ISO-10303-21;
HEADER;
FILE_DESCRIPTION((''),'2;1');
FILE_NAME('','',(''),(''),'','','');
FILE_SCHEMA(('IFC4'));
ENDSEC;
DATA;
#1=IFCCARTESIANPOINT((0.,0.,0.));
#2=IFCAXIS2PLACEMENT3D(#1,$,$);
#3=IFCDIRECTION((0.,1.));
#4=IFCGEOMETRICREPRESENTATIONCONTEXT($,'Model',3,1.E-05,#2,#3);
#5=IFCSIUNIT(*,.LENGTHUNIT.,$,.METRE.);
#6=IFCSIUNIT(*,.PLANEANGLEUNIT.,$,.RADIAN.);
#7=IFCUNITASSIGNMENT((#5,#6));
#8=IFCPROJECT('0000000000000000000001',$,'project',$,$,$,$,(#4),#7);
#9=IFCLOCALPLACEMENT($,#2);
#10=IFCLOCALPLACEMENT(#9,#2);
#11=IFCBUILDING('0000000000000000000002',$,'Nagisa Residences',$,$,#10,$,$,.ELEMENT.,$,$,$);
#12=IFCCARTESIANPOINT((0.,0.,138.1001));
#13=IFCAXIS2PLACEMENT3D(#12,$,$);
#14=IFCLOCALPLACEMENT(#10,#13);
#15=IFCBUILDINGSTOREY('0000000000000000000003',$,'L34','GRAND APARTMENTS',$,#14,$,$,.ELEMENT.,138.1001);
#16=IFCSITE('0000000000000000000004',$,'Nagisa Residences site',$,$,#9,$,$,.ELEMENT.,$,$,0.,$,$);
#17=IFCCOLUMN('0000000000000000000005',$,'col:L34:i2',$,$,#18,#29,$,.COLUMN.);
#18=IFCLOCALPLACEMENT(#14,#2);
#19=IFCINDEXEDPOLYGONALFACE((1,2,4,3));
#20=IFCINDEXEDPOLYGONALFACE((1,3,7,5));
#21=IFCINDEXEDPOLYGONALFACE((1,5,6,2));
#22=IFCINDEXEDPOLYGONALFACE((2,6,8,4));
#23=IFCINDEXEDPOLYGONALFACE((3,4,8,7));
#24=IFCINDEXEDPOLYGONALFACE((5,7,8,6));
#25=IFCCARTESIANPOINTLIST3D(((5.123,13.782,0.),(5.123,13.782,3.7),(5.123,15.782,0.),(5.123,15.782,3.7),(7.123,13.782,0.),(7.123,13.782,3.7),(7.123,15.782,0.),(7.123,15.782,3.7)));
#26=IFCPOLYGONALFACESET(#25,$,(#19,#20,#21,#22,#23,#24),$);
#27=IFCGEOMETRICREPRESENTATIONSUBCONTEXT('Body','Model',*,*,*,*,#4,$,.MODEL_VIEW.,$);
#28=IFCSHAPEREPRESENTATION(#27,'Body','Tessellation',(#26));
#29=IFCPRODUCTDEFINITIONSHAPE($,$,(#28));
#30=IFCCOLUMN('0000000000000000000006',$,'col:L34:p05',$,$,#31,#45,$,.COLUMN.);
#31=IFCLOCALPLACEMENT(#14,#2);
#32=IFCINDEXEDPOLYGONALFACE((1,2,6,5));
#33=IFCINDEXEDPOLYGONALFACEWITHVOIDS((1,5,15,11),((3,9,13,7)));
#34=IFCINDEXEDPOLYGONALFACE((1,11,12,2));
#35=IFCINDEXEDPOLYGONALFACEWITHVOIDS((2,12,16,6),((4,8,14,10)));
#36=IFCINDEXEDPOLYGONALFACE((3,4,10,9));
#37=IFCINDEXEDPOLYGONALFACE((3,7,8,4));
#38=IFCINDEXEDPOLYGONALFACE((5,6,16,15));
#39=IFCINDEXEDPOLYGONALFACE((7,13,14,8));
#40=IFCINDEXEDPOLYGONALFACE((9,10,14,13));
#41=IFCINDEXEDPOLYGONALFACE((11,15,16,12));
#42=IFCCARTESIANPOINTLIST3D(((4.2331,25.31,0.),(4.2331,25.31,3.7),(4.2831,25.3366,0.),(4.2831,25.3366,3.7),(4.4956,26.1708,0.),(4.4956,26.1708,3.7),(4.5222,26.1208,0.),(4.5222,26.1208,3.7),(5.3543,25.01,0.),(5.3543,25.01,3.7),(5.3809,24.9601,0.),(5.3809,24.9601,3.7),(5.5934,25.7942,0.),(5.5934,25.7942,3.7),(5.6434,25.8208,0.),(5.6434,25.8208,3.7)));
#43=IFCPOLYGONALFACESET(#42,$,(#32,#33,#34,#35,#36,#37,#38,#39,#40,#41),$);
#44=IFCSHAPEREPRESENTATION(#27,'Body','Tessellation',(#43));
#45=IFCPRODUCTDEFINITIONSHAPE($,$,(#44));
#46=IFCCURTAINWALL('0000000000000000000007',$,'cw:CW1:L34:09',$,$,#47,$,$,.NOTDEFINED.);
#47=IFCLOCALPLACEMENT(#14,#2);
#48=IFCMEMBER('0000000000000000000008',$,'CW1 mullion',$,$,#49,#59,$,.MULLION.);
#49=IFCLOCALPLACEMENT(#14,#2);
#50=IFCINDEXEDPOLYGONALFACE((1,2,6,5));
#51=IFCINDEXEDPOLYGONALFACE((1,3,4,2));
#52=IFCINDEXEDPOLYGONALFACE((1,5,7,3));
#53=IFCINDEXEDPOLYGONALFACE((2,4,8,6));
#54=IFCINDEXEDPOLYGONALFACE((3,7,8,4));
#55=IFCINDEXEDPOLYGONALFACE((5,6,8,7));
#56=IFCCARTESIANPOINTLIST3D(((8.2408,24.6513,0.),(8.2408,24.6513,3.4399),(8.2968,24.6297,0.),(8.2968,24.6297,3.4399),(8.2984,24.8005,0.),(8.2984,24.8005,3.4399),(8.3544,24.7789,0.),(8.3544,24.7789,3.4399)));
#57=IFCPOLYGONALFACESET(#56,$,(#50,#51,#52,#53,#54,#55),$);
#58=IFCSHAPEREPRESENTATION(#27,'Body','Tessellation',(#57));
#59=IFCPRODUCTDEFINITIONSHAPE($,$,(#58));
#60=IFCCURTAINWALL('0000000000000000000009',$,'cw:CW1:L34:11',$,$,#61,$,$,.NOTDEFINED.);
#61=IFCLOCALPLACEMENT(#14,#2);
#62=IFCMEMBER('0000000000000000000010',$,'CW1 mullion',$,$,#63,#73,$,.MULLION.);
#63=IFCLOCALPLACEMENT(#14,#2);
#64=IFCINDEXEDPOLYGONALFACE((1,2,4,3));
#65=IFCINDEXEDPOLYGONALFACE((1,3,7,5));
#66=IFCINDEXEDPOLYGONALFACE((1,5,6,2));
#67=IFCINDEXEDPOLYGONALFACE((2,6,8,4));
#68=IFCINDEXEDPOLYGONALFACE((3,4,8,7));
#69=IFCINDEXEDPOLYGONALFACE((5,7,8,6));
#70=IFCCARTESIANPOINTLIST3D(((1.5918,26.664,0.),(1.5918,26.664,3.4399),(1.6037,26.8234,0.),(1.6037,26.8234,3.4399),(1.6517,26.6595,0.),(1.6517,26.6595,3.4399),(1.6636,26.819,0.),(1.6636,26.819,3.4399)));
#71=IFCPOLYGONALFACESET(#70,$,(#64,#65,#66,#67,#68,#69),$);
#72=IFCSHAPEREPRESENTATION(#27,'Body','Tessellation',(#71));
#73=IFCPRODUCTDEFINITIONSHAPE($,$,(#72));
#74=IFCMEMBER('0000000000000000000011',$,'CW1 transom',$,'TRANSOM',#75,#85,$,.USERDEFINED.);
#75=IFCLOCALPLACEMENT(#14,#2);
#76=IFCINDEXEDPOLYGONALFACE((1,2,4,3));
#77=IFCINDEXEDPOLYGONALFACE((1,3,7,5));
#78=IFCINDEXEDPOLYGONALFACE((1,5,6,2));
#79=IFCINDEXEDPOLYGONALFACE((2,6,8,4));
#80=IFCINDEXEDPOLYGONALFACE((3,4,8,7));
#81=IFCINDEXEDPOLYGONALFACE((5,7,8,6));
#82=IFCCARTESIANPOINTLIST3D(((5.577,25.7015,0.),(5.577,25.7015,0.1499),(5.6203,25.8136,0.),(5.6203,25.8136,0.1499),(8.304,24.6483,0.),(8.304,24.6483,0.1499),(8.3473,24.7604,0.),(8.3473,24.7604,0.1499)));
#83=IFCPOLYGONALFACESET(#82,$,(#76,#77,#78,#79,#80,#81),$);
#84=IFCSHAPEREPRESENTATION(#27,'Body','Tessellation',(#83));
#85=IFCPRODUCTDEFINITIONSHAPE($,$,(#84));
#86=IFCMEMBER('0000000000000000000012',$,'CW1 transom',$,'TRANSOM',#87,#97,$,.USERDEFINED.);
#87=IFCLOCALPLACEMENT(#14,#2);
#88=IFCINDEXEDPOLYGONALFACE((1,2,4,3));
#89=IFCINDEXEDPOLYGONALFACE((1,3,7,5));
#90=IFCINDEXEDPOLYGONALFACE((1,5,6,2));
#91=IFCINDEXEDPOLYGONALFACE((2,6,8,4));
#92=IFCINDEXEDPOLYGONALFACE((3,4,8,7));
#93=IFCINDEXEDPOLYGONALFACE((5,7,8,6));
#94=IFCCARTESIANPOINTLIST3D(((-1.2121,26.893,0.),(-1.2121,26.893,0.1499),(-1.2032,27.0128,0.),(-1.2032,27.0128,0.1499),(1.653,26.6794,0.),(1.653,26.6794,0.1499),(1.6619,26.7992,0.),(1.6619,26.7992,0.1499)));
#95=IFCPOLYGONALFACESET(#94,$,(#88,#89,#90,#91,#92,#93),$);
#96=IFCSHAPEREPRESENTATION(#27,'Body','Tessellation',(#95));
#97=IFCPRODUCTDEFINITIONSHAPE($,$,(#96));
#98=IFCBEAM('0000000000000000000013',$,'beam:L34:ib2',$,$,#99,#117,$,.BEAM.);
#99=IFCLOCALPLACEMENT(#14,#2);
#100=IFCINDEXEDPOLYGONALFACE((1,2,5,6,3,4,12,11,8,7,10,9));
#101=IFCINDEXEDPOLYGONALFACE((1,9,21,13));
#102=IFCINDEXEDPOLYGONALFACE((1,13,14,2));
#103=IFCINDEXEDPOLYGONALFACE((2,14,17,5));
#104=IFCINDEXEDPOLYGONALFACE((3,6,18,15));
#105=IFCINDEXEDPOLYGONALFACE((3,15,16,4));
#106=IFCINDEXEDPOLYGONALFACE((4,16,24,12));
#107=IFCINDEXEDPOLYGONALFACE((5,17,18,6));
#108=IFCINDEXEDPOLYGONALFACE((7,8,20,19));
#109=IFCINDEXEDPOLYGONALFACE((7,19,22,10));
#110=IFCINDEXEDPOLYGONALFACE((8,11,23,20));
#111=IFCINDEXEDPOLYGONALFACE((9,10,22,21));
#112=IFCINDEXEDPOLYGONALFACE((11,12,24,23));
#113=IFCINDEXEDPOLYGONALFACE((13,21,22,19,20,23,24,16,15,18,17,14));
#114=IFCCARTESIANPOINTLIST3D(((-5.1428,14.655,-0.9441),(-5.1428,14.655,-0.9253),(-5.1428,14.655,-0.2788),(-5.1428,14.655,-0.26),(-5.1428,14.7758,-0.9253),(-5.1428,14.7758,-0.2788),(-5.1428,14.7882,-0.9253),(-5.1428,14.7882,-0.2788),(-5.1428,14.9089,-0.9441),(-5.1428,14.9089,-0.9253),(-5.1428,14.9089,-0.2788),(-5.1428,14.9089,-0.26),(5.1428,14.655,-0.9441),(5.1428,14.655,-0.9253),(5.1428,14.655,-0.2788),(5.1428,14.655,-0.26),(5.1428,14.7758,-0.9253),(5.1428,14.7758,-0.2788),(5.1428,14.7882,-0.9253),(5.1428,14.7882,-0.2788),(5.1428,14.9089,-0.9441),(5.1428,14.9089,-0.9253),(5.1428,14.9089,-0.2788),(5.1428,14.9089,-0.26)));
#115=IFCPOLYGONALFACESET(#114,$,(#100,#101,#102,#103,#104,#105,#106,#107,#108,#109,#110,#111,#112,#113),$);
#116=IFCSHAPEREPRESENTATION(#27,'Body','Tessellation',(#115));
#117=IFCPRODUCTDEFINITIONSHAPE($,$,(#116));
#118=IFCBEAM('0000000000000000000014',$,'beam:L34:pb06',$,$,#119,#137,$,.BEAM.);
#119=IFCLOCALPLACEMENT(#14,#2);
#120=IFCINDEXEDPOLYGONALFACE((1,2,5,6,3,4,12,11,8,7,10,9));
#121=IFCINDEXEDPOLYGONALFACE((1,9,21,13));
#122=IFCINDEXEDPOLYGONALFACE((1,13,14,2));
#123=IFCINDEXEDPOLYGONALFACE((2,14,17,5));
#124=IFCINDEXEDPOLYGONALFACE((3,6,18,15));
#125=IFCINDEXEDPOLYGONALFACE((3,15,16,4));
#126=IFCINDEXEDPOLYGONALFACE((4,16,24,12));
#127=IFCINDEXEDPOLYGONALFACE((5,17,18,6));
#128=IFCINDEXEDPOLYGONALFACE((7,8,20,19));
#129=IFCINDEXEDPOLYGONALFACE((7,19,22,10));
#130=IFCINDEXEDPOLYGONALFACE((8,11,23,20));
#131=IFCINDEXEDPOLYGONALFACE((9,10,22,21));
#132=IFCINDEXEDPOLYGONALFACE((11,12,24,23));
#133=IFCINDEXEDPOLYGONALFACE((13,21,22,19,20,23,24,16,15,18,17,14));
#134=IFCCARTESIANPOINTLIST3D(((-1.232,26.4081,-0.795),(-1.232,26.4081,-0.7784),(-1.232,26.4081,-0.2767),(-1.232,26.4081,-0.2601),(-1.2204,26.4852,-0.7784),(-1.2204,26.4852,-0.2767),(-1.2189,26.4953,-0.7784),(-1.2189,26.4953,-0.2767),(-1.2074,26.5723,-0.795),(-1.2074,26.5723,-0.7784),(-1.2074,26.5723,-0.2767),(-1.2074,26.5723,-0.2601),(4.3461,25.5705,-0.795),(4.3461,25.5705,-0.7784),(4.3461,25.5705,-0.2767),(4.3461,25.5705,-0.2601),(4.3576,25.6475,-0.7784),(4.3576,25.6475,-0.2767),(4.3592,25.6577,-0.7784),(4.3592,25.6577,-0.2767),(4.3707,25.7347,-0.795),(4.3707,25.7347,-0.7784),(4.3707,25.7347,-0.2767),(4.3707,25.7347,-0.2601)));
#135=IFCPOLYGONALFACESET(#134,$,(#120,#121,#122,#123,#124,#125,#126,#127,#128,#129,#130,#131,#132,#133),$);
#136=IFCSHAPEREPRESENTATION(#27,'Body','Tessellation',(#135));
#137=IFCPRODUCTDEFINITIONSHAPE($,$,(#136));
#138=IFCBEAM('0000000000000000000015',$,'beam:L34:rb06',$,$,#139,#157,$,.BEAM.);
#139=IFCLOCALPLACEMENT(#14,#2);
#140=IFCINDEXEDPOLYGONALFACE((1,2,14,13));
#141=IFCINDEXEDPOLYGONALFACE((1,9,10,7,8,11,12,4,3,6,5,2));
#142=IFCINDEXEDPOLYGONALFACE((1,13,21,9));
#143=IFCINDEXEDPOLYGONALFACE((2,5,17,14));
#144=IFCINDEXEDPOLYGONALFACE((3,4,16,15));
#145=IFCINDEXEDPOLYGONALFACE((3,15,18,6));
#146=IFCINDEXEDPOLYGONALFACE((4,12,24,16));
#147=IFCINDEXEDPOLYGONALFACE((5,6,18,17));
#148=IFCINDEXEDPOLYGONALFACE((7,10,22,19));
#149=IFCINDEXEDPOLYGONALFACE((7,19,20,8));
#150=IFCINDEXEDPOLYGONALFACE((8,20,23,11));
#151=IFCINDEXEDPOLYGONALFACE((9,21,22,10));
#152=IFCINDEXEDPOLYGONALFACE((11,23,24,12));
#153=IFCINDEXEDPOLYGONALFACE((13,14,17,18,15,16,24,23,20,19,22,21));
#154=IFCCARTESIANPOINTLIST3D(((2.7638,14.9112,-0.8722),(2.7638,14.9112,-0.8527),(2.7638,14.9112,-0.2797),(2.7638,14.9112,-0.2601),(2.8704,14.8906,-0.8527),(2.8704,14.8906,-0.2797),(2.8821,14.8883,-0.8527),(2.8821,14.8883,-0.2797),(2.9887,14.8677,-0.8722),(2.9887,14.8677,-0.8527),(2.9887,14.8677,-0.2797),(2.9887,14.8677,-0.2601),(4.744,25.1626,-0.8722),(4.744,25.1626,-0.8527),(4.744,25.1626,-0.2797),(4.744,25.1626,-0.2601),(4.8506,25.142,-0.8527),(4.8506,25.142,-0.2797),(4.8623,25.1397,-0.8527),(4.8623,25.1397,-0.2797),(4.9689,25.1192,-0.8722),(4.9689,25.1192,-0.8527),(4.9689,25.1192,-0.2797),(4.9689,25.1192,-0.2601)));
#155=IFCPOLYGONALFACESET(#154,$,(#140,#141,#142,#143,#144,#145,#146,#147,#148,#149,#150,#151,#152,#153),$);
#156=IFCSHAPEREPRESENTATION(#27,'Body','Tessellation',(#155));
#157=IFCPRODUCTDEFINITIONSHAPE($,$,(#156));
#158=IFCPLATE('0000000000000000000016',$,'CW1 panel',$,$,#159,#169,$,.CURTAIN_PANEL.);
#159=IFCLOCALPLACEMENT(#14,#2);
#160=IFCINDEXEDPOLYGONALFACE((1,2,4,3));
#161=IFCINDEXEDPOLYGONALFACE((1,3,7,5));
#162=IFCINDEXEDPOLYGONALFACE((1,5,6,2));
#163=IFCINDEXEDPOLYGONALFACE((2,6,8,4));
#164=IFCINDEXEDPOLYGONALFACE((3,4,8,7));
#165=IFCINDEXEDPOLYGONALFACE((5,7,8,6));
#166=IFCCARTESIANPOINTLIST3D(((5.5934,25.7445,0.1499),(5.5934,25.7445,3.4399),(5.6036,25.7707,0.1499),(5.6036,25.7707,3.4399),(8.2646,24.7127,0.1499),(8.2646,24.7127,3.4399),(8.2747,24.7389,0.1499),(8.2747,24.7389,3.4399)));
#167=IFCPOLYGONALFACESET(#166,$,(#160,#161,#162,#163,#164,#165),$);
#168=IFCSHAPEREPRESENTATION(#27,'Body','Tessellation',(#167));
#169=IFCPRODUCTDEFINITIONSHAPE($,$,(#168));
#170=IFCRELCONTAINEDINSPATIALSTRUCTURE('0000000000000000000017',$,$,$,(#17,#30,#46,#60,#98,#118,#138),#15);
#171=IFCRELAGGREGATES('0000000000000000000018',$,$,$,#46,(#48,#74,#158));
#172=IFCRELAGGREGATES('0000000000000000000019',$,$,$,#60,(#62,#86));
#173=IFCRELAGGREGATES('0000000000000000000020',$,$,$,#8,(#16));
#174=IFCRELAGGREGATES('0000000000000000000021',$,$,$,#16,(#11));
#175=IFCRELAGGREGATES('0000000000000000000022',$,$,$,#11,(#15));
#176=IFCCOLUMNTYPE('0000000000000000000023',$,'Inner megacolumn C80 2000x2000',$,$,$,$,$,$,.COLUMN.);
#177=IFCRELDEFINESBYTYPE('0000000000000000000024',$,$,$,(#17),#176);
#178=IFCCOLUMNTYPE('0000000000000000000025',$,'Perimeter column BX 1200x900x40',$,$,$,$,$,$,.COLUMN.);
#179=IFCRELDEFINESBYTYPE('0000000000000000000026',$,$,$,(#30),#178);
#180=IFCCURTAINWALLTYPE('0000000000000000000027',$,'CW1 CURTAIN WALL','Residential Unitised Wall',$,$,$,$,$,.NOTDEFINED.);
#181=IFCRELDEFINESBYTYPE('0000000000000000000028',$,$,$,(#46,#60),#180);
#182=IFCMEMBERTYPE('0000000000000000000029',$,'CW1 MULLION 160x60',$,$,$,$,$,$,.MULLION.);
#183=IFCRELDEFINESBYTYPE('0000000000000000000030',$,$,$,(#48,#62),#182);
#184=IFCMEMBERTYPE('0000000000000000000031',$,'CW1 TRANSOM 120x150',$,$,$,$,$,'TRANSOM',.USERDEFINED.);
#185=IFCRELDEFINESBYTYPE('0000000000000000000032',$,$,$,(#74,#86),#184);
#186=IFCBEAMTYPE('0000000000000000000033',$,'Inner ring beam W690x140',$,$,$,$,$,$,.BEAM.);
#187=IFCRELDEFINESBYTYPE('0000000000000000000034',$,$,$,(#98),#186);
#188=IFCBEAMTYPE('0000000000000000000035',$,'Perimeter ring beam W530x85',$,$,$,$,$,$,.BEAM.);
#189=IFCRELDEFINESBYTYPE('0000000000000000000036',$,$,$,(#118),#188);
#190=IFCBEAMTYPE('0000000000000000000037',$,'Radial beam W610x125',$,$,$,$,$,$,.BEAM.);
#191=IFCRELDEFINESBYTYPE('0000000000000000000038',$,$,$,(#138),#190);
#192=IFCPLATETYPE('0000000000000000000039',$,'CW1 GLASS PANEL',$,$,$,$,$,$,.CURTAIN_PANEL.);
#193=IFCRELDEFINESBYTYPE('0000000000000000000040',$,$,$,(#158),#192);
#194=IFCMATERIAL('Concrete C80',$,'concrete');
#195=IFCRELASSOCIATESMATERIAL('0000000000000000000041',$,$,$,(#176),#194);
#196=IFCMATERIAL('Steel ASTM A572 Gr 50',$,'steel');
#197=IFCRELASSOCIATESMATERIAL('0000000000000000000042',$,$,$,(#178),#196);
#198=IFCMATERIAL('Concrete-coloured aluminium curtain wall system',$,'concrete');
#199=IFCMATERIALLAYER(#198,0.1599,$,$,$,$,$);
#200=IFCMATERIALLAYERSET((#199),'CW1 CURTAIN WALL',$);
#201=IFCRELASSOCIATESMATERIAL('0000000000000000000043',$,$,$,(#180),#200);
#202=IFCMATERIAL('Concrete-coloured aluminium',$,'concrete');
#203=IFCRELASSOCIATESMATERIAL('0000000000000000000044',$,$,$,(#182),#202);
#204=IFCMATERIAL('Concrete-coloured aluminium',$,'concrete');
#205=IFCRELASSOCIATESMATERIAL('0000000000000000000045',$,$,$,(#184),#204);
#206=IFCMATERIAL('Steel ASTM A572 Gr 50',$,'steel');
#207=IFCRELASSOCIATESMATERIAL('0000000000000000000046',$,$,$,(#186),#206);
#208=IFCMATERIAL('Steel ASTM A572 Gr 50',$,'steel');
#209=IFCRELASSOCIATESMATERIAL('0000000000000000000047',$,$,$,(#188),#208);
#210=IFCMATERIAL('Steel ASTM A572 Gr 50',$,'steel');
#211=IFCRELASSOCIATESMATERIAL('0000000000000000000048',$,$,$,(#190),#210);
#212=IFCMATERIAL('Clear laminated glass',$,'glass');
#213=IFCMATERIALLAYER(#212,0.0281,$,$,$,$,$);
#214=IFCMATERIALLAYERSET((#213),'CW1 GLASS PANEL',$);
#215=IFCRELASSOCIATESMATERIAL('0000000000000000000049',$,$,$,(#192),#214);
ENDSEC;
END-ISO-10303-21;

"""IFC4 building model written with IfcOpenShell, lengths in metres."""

from ifc_helpers import new_model, si_unit, direction, frame, origin, origin_2d, place, context, subcontext, project, spatial, rectangle, hollow_rectangle, i_section, extrude, material, layer, layer_set, material_profile, profile_set, type_object, element, aggregate, save


model = new_model("IFC4")

# Units and contexts
model_context = context("Model", 3, precision=1e-05, world=origin(), true_north=direction((0.0, 1.0)))
body_context = subcontext(model_context, "Body", "Model", "MODEL_VIEW")
ifc_project = project(units=[si_unit("LENGTHUNIT", "METRE"), si_unit("PLANEANGLEUNIT", "RADIAN")], contexts=[model_context])

# Site, building, storey
site_placement = place(None, origin())
site = spatial("IfcSite", under=ifc_project, at=site_placement, Name="Nagisa Residences site", CompositionType="ELEMENT", RefElevation=0.0)
building_placement = place(site_placement, origin())
building = spatial("IfcBuilding", under=site, at=building_placement, Name="Nagisa Residences", CompositionType="ELEMENT")
storey_placement = place(building_placement, frame((0.0, 0.0, 138.1001)))
storey = spatial("IfcBuildingStorey", under=building, at=storey_placement, Name="L34", Description="GRAND APARTMENTS", CompositionType="ELEMENT", Elevation=138.1001)

# Columns
ifc_material_1 = material(Name="Concrete C80", Category="concrete")
ifc_material_profile_1 = material_profile(ifc_material_1, rectangle(XDim=2.0, YDim=2.0, at=origin_2d()), Name="C80 2000x2000")
ifc_profile_set_1 = profile_set([ifc_material_profile_1], Name="Concrete C80")
column_type_1 = type_object("IfcColumnType", Name="Inner megacolumn C80 2000x2000", PredefinedType="COLUMN", material=ifc_profile_set_1)
column_1_placement = place(storey_placement, frame((6.123, 14.782, 0.0), z_axis=(0.0, 0.0, 1.0), x_axis=(1.0, 0.0, 0.0)))
element("IfcColumn", 1, at=column_1_placement, inside=storey, type_object=column_type_1, Name="col:L34:i2", PredefinedType="COLUMN", context=body_context, shape_type="SweptSolid", body=[
    extrude(rectangle(XDim=2.0, YDim=2.0, at=origin_2d()), origin(), (0.0, 0.0, 1.0), 3.7),
])
ifc_material_2 = material(Name="Steel ASTM A572 Gr 50", Category="steel")
ifc_material_profile_2 = material_profile(ifc_material_2, hollow_rectangle(XDim=1.2, YDim=0.8999, WallThickness=0.04, at=origin_2d()), Name="BX 1200x900x40")
ifc_profile_set_2 = profile_set([ifc_material_profile_2], Name="Steel ASTM A572 Gr 50")
column_type_2 = type_object("IfcColumnType", Name="Perimeter column BX 1200x900x40", PredefinedType="COLUMN", material=ifc_profile_set_2)
column_2_placement = place(storey_placement, frame((4.9382, 25.5654, 0.0), z_axis=(0.0, 0.0, 1.0), x_axis=(-0.956525, 0.291652, 0.0)))
element("IfcColumn", 2, at=column_2_placement, inside=storey, type_object=column_type_2, Name="col:L34:p05", PredefinedType="COLUMN", context=body_context, shape_type="SweptSolid", body=[
    extrude(hollow_rectangle(XDim=1.2, YDim=0.8999, WallThickness=0.04, at=origin_2d()), origin(), (0.0, 0.0, 1.0), 3.7),
])

# Curtain walls, members
ifc_material_3 = material(Name="Concrete-coloured aluminium curtain wall system", Category="concrete")
ifc_layer_1 = layer(ifc_material_3, 0.1599)
ifc_layer_set_1 = layer_set([ifc_layer_1], Name="CW1 CURTAIN WALL")
curtain_wall_type = type_object("IfcCurtainWallType", Name="CW1 CURTAIN WALL", Description="Residential Unitised Wall", PredefinedType="NOTDEFINED", material=ifc_layer_set_1)
curtain_wall_1_placement = place(storey_placement, origin())
curtain_wall_1 = element("IfcCurtainWall", 3, at=curtain_wall_1_placement, inside=storey, type_object=curtain_wall_type, Name="cw:CW1:L34:09", PredefinedType="NOTDEFINED")
ifc_material_4 = material(Name="Concrete-coloured aluminium", Category="concrete")
ifc_material_profile_3 = material_profile(ifc_material_4, rectangle(XDim=0.1599, YDim=0.0601, at=origin_2d()), Name="CW1 MULLION 160x60")
ifc_profile_set_3 = profile_set([ifc_material_profile_3], Name="Concrete-coloured aluminium")
member_type_1 = type_object("IfcMemberType", Name="CW1 MULLION 160x60", PredefinedType="MULLION", material=ifc_profile_set_3)
member_1_placement = place(storey_placement, frame((8.2976, 24.7151, 0.0), z_axis=(0.0, 0.0, 1.0), x_axis=(-0.360328, -0.932826, 0.0)))
member_1 = element("IfcMember", 4, at=member_1_placement, type_object=member_type_1, Name="CW1 mullion", PredefinedType="MULLION", context=body_context, shape_type="SweptSolid", body=[
    extrude(rectangle(XDim=0.1599, YDim=0.0601, at=origin_2d()), origin(), (0.0, 0.0, 1.0), 3.4399),
])
curtain_wall_2_placement = place(storey_placement, origin())
curtain_wall_2 = element("IfcCurtainWall", 5, at=curtain_wall_2_placement, inside=storey, type_object=curtain_wall_type, Name="cw:CW1:L34:11", PredefinedType="NOTDEFINED")
member_2_placement = place(storey_placement, frame((1.6277, 26.7415, 0.0), z_axis=(0.0, 0.0, 1.0), x_axis=(-0.074377, -0.99723, 0.0)))
member_2 = element("IfcMember", 6, at=member_2_placement, type_object=member_type_1, Name="CW1 mullion", PredefinedType="MULLION", context=body_context, shape_type="SweptSolid", body=[
    extrude(rectangle(XDim=0.1599, YDim=0.0601, at=origin_2d()), origin(), (0.0, 0.0, 1.0), 3.4399),
])

# Members
ifc_material_5 = material(Name="Concrete-coloured aluminium", Category="concrete")
ifc_material_profile_4 = material_profile(ifc_material_5, rectangle(XDim=0.1201, YDim=0.1499, at=origin_2d()), Name="CW1 TRANSOM 120x150")
ifc_profile_set_4 = profile_set([ifc_material_profile_4], Name="Concrete-coloured aluminium")
member_type_2 = type_object("IfcMemberType", Name="CW1 TRANSOM 120x150", ElementType="TRANSOM", PredefinedType="USERDEFINED", material=ifc_profile_set_4)
member_3_placement = place(storey_placement, frame((8.3257, 24.7043, 0.075), z_axis=(-0.932845, 0.360277, 0.0), x_axis=(-0.360277, -0.932845, 0.0)))
member_3 = element("IfcMember", 7, at=member_3_placement, type_object=member_type_2, Name="CW1 transom", ObjectType="TRANSOM", PredefinedType="USERDEFINED", context=body_context, shape_type="SweptSolid", body=[
    extrude(rectangle(XDim=0.1201, YDim=0.1499, at=origin_2d()), origin(), (0.0, 0.0, 1.0), 2.9233),
])
member_4_placement = place(storey_placement, frame((1.6575, 26.7393, 0.075), z_axis=(-0.997232, 0.074357, 0.0), x_axis=(-0.074357, -0.997232, 0.0)))
member_4 = element("IfcMember", 8, at=member_4_placement, type_object=member_type_2, Name="CW1 transom", ObjectType="TRANSOM", PredefinedType="USERDEFINED", context=body_context, shape_type="SweptSolid", body=[
    extrude(rectangle(XDim=0.1201, YDim=0.1499, at=origin_2d()), origin(), (0.0, 0.0, 1.0), 2.873),
])

# Beams
ifc_material_6 = material(Name="Steel ASTM A572 Gr 50", Category="steel")
ifc_material_profile_5 = material_profile(ifc_material_6, i_section(OverallWidth=0.2539, OverallDepth=0.6841, WebThickness=0.0125, FlangeThickness=0.0188, at=origin_2d()), Name="W690x140")
ifc_profile_set_5 = profile_set([ifc_material_profile_5], Name="Steel ASTM A572 Gr 50")
beam_type_1 = type_object("IfcBeamType", Name="Inner ring beam W690x140", PredefinedType="BEAM", material=ifc_profile_set_5)
beam_1_placement = place(storey_placement, frame((5.1428, 14.782, -0.6021), z_axis=(-1.0, 0.0, 0.0), x_axis=(0.0, -1.0, 0.0)))
element("IfcBeam", 9, at=beam_1_placement, inside=storey, type_object=beam_type_1, Name="beam:L34:ib2", PredefinedType="BEAM", context=body_context, shape_type="SweptSolid", body=[
    extrude(i_section(OverallWidth=0.2539, OverallDepth=0.6841, WebThickness=0.0125, FlangeThickness=0.0188, at=origin_2d()), origin(), (0.0, 0.0, 1.0), 10.2856),
])
ifc_material_7 = material(Name="Steel ASTM A572 Gr 50", Category="steel")
ifc_material_profile_6 = material_profile(ifc_material_7, i_section(OverallWidth=0.166, OverallDepth=0.5349, WebThickness=0.0103, FlangeThickness=0.0166, at=origin_2d()), Name="W530x85")
ifc_profile_set_6 = profile_set([ifc_material_profile_6], Name="Steel ASTM A572 Gr 50")
beam_type_2 = type_object("IfcBeamType", Name="Perimeter ring beam W530x85", PredefinedType="BEAM", material=ifc_profile_set_6)
beam_2_placement = place(storey_placement, frame((4.3584, 25.6526, -0.5276), z_axis=(-0.988912, 0.148501, 0.0), x_axis=(-0.148501, -0.988912, 0.0)))
element("IfcBeam", 10, at=beam_2_placement, inside=storey, type_object=beam_type_2, Name="beam:L34:pb06", PredefinedType="BEAM", context=body_context, shape_type="SweptSolid", body=[
    extrude(i_section(OverallWidth=0.166, OverallDepth=0.5349, WebThickness=0.0103, FlangeThickness=0.0166, at=origin_2d()), origin(), (0.0, 0.0, 1.0), 5.6406),
])
ifc_material_8 = material(Name="Steel ASTM A572 Gr 50", Category="steel")
ifc_material_profile_7 = material_profile(ifc_material_8, i_section(OverallWidth=0.229, OverallDepth=0.6121, WebThickness=0.012, FlangeThickness=0.0195, at=origin_2d()), Name="W610x125")
ifc_profile_set_7 = profile_set([ifc_material_profile_7], Name="Steel ASTM A572 Gr 50")
beam_type_3 = type_object("IfcBeamType", Name="Radial beam W610x125", PredefinedType="BEAM", material=ifc_profile_set_7)
beam_3_placement = place(storey_placement, frame((4.8564, 25.1409, -0.5662), z_axis=(-0.189659, -0.98185, 0.0), x_axis=(0.98185, -0.189659, 0.0)))
element("IfcBeam", 11, at=beam_3_placement, inside=storey, type_object=beam_type_3, Name="beam:L34:rb06", PredefinedType="BEAM", context=body_context, shape_type="SweptSolid", body=[
    extrude(i_section(OverallWidth=0.229, OverallDepth=0.6121, WebThickness=0.012, FlangeThickness=0.0195, at=origin_2d()), origin(), (0.0, 0.0, 1.0), 10.4409),
])

# Plate
ifc_material_9 = material(Name="Clear laminated glass", Category="glass")
ifc_layer_2 = layer(ifc_material_9, 0.0281)
ifc_layer_set_2 = layer_set([ifc_layer_2], Name="CW1 GLASS PANEL")
plate_type = type_object("IfcPlateType", Name="CW1 GLASS PANEL", PredefinedType="CURTAIN_PANEL", material=ifc_layer_set_2)
plate_1_placement = place(storey_placement, frame((6.9341, 25.2417, 0.1499), z_axis=(0.0, 0.0, 1.0), x_axis=(-0.932826, 0.360328, 0.0)))
plate_1 = element("IfcPlate", 12, at=plate_1_placement, type_object=plate_type, Name="CW1 panel", PredefinedType="CURTAIN_PANEL", context=body_context, shape_type="SweptSolid", body=[
    extrude(rectangle(XDim=2.8635, YDim=0.0281, at=origin_2d()), origin(), (0.0, 0.0, 1.0), 3.29),
])
aggregate(curtain_wall_1, [member_1, member_3, plate_1])
aggregate(curtain_wall_2, [member_2, member_4])

save(model, "model.ifc")
